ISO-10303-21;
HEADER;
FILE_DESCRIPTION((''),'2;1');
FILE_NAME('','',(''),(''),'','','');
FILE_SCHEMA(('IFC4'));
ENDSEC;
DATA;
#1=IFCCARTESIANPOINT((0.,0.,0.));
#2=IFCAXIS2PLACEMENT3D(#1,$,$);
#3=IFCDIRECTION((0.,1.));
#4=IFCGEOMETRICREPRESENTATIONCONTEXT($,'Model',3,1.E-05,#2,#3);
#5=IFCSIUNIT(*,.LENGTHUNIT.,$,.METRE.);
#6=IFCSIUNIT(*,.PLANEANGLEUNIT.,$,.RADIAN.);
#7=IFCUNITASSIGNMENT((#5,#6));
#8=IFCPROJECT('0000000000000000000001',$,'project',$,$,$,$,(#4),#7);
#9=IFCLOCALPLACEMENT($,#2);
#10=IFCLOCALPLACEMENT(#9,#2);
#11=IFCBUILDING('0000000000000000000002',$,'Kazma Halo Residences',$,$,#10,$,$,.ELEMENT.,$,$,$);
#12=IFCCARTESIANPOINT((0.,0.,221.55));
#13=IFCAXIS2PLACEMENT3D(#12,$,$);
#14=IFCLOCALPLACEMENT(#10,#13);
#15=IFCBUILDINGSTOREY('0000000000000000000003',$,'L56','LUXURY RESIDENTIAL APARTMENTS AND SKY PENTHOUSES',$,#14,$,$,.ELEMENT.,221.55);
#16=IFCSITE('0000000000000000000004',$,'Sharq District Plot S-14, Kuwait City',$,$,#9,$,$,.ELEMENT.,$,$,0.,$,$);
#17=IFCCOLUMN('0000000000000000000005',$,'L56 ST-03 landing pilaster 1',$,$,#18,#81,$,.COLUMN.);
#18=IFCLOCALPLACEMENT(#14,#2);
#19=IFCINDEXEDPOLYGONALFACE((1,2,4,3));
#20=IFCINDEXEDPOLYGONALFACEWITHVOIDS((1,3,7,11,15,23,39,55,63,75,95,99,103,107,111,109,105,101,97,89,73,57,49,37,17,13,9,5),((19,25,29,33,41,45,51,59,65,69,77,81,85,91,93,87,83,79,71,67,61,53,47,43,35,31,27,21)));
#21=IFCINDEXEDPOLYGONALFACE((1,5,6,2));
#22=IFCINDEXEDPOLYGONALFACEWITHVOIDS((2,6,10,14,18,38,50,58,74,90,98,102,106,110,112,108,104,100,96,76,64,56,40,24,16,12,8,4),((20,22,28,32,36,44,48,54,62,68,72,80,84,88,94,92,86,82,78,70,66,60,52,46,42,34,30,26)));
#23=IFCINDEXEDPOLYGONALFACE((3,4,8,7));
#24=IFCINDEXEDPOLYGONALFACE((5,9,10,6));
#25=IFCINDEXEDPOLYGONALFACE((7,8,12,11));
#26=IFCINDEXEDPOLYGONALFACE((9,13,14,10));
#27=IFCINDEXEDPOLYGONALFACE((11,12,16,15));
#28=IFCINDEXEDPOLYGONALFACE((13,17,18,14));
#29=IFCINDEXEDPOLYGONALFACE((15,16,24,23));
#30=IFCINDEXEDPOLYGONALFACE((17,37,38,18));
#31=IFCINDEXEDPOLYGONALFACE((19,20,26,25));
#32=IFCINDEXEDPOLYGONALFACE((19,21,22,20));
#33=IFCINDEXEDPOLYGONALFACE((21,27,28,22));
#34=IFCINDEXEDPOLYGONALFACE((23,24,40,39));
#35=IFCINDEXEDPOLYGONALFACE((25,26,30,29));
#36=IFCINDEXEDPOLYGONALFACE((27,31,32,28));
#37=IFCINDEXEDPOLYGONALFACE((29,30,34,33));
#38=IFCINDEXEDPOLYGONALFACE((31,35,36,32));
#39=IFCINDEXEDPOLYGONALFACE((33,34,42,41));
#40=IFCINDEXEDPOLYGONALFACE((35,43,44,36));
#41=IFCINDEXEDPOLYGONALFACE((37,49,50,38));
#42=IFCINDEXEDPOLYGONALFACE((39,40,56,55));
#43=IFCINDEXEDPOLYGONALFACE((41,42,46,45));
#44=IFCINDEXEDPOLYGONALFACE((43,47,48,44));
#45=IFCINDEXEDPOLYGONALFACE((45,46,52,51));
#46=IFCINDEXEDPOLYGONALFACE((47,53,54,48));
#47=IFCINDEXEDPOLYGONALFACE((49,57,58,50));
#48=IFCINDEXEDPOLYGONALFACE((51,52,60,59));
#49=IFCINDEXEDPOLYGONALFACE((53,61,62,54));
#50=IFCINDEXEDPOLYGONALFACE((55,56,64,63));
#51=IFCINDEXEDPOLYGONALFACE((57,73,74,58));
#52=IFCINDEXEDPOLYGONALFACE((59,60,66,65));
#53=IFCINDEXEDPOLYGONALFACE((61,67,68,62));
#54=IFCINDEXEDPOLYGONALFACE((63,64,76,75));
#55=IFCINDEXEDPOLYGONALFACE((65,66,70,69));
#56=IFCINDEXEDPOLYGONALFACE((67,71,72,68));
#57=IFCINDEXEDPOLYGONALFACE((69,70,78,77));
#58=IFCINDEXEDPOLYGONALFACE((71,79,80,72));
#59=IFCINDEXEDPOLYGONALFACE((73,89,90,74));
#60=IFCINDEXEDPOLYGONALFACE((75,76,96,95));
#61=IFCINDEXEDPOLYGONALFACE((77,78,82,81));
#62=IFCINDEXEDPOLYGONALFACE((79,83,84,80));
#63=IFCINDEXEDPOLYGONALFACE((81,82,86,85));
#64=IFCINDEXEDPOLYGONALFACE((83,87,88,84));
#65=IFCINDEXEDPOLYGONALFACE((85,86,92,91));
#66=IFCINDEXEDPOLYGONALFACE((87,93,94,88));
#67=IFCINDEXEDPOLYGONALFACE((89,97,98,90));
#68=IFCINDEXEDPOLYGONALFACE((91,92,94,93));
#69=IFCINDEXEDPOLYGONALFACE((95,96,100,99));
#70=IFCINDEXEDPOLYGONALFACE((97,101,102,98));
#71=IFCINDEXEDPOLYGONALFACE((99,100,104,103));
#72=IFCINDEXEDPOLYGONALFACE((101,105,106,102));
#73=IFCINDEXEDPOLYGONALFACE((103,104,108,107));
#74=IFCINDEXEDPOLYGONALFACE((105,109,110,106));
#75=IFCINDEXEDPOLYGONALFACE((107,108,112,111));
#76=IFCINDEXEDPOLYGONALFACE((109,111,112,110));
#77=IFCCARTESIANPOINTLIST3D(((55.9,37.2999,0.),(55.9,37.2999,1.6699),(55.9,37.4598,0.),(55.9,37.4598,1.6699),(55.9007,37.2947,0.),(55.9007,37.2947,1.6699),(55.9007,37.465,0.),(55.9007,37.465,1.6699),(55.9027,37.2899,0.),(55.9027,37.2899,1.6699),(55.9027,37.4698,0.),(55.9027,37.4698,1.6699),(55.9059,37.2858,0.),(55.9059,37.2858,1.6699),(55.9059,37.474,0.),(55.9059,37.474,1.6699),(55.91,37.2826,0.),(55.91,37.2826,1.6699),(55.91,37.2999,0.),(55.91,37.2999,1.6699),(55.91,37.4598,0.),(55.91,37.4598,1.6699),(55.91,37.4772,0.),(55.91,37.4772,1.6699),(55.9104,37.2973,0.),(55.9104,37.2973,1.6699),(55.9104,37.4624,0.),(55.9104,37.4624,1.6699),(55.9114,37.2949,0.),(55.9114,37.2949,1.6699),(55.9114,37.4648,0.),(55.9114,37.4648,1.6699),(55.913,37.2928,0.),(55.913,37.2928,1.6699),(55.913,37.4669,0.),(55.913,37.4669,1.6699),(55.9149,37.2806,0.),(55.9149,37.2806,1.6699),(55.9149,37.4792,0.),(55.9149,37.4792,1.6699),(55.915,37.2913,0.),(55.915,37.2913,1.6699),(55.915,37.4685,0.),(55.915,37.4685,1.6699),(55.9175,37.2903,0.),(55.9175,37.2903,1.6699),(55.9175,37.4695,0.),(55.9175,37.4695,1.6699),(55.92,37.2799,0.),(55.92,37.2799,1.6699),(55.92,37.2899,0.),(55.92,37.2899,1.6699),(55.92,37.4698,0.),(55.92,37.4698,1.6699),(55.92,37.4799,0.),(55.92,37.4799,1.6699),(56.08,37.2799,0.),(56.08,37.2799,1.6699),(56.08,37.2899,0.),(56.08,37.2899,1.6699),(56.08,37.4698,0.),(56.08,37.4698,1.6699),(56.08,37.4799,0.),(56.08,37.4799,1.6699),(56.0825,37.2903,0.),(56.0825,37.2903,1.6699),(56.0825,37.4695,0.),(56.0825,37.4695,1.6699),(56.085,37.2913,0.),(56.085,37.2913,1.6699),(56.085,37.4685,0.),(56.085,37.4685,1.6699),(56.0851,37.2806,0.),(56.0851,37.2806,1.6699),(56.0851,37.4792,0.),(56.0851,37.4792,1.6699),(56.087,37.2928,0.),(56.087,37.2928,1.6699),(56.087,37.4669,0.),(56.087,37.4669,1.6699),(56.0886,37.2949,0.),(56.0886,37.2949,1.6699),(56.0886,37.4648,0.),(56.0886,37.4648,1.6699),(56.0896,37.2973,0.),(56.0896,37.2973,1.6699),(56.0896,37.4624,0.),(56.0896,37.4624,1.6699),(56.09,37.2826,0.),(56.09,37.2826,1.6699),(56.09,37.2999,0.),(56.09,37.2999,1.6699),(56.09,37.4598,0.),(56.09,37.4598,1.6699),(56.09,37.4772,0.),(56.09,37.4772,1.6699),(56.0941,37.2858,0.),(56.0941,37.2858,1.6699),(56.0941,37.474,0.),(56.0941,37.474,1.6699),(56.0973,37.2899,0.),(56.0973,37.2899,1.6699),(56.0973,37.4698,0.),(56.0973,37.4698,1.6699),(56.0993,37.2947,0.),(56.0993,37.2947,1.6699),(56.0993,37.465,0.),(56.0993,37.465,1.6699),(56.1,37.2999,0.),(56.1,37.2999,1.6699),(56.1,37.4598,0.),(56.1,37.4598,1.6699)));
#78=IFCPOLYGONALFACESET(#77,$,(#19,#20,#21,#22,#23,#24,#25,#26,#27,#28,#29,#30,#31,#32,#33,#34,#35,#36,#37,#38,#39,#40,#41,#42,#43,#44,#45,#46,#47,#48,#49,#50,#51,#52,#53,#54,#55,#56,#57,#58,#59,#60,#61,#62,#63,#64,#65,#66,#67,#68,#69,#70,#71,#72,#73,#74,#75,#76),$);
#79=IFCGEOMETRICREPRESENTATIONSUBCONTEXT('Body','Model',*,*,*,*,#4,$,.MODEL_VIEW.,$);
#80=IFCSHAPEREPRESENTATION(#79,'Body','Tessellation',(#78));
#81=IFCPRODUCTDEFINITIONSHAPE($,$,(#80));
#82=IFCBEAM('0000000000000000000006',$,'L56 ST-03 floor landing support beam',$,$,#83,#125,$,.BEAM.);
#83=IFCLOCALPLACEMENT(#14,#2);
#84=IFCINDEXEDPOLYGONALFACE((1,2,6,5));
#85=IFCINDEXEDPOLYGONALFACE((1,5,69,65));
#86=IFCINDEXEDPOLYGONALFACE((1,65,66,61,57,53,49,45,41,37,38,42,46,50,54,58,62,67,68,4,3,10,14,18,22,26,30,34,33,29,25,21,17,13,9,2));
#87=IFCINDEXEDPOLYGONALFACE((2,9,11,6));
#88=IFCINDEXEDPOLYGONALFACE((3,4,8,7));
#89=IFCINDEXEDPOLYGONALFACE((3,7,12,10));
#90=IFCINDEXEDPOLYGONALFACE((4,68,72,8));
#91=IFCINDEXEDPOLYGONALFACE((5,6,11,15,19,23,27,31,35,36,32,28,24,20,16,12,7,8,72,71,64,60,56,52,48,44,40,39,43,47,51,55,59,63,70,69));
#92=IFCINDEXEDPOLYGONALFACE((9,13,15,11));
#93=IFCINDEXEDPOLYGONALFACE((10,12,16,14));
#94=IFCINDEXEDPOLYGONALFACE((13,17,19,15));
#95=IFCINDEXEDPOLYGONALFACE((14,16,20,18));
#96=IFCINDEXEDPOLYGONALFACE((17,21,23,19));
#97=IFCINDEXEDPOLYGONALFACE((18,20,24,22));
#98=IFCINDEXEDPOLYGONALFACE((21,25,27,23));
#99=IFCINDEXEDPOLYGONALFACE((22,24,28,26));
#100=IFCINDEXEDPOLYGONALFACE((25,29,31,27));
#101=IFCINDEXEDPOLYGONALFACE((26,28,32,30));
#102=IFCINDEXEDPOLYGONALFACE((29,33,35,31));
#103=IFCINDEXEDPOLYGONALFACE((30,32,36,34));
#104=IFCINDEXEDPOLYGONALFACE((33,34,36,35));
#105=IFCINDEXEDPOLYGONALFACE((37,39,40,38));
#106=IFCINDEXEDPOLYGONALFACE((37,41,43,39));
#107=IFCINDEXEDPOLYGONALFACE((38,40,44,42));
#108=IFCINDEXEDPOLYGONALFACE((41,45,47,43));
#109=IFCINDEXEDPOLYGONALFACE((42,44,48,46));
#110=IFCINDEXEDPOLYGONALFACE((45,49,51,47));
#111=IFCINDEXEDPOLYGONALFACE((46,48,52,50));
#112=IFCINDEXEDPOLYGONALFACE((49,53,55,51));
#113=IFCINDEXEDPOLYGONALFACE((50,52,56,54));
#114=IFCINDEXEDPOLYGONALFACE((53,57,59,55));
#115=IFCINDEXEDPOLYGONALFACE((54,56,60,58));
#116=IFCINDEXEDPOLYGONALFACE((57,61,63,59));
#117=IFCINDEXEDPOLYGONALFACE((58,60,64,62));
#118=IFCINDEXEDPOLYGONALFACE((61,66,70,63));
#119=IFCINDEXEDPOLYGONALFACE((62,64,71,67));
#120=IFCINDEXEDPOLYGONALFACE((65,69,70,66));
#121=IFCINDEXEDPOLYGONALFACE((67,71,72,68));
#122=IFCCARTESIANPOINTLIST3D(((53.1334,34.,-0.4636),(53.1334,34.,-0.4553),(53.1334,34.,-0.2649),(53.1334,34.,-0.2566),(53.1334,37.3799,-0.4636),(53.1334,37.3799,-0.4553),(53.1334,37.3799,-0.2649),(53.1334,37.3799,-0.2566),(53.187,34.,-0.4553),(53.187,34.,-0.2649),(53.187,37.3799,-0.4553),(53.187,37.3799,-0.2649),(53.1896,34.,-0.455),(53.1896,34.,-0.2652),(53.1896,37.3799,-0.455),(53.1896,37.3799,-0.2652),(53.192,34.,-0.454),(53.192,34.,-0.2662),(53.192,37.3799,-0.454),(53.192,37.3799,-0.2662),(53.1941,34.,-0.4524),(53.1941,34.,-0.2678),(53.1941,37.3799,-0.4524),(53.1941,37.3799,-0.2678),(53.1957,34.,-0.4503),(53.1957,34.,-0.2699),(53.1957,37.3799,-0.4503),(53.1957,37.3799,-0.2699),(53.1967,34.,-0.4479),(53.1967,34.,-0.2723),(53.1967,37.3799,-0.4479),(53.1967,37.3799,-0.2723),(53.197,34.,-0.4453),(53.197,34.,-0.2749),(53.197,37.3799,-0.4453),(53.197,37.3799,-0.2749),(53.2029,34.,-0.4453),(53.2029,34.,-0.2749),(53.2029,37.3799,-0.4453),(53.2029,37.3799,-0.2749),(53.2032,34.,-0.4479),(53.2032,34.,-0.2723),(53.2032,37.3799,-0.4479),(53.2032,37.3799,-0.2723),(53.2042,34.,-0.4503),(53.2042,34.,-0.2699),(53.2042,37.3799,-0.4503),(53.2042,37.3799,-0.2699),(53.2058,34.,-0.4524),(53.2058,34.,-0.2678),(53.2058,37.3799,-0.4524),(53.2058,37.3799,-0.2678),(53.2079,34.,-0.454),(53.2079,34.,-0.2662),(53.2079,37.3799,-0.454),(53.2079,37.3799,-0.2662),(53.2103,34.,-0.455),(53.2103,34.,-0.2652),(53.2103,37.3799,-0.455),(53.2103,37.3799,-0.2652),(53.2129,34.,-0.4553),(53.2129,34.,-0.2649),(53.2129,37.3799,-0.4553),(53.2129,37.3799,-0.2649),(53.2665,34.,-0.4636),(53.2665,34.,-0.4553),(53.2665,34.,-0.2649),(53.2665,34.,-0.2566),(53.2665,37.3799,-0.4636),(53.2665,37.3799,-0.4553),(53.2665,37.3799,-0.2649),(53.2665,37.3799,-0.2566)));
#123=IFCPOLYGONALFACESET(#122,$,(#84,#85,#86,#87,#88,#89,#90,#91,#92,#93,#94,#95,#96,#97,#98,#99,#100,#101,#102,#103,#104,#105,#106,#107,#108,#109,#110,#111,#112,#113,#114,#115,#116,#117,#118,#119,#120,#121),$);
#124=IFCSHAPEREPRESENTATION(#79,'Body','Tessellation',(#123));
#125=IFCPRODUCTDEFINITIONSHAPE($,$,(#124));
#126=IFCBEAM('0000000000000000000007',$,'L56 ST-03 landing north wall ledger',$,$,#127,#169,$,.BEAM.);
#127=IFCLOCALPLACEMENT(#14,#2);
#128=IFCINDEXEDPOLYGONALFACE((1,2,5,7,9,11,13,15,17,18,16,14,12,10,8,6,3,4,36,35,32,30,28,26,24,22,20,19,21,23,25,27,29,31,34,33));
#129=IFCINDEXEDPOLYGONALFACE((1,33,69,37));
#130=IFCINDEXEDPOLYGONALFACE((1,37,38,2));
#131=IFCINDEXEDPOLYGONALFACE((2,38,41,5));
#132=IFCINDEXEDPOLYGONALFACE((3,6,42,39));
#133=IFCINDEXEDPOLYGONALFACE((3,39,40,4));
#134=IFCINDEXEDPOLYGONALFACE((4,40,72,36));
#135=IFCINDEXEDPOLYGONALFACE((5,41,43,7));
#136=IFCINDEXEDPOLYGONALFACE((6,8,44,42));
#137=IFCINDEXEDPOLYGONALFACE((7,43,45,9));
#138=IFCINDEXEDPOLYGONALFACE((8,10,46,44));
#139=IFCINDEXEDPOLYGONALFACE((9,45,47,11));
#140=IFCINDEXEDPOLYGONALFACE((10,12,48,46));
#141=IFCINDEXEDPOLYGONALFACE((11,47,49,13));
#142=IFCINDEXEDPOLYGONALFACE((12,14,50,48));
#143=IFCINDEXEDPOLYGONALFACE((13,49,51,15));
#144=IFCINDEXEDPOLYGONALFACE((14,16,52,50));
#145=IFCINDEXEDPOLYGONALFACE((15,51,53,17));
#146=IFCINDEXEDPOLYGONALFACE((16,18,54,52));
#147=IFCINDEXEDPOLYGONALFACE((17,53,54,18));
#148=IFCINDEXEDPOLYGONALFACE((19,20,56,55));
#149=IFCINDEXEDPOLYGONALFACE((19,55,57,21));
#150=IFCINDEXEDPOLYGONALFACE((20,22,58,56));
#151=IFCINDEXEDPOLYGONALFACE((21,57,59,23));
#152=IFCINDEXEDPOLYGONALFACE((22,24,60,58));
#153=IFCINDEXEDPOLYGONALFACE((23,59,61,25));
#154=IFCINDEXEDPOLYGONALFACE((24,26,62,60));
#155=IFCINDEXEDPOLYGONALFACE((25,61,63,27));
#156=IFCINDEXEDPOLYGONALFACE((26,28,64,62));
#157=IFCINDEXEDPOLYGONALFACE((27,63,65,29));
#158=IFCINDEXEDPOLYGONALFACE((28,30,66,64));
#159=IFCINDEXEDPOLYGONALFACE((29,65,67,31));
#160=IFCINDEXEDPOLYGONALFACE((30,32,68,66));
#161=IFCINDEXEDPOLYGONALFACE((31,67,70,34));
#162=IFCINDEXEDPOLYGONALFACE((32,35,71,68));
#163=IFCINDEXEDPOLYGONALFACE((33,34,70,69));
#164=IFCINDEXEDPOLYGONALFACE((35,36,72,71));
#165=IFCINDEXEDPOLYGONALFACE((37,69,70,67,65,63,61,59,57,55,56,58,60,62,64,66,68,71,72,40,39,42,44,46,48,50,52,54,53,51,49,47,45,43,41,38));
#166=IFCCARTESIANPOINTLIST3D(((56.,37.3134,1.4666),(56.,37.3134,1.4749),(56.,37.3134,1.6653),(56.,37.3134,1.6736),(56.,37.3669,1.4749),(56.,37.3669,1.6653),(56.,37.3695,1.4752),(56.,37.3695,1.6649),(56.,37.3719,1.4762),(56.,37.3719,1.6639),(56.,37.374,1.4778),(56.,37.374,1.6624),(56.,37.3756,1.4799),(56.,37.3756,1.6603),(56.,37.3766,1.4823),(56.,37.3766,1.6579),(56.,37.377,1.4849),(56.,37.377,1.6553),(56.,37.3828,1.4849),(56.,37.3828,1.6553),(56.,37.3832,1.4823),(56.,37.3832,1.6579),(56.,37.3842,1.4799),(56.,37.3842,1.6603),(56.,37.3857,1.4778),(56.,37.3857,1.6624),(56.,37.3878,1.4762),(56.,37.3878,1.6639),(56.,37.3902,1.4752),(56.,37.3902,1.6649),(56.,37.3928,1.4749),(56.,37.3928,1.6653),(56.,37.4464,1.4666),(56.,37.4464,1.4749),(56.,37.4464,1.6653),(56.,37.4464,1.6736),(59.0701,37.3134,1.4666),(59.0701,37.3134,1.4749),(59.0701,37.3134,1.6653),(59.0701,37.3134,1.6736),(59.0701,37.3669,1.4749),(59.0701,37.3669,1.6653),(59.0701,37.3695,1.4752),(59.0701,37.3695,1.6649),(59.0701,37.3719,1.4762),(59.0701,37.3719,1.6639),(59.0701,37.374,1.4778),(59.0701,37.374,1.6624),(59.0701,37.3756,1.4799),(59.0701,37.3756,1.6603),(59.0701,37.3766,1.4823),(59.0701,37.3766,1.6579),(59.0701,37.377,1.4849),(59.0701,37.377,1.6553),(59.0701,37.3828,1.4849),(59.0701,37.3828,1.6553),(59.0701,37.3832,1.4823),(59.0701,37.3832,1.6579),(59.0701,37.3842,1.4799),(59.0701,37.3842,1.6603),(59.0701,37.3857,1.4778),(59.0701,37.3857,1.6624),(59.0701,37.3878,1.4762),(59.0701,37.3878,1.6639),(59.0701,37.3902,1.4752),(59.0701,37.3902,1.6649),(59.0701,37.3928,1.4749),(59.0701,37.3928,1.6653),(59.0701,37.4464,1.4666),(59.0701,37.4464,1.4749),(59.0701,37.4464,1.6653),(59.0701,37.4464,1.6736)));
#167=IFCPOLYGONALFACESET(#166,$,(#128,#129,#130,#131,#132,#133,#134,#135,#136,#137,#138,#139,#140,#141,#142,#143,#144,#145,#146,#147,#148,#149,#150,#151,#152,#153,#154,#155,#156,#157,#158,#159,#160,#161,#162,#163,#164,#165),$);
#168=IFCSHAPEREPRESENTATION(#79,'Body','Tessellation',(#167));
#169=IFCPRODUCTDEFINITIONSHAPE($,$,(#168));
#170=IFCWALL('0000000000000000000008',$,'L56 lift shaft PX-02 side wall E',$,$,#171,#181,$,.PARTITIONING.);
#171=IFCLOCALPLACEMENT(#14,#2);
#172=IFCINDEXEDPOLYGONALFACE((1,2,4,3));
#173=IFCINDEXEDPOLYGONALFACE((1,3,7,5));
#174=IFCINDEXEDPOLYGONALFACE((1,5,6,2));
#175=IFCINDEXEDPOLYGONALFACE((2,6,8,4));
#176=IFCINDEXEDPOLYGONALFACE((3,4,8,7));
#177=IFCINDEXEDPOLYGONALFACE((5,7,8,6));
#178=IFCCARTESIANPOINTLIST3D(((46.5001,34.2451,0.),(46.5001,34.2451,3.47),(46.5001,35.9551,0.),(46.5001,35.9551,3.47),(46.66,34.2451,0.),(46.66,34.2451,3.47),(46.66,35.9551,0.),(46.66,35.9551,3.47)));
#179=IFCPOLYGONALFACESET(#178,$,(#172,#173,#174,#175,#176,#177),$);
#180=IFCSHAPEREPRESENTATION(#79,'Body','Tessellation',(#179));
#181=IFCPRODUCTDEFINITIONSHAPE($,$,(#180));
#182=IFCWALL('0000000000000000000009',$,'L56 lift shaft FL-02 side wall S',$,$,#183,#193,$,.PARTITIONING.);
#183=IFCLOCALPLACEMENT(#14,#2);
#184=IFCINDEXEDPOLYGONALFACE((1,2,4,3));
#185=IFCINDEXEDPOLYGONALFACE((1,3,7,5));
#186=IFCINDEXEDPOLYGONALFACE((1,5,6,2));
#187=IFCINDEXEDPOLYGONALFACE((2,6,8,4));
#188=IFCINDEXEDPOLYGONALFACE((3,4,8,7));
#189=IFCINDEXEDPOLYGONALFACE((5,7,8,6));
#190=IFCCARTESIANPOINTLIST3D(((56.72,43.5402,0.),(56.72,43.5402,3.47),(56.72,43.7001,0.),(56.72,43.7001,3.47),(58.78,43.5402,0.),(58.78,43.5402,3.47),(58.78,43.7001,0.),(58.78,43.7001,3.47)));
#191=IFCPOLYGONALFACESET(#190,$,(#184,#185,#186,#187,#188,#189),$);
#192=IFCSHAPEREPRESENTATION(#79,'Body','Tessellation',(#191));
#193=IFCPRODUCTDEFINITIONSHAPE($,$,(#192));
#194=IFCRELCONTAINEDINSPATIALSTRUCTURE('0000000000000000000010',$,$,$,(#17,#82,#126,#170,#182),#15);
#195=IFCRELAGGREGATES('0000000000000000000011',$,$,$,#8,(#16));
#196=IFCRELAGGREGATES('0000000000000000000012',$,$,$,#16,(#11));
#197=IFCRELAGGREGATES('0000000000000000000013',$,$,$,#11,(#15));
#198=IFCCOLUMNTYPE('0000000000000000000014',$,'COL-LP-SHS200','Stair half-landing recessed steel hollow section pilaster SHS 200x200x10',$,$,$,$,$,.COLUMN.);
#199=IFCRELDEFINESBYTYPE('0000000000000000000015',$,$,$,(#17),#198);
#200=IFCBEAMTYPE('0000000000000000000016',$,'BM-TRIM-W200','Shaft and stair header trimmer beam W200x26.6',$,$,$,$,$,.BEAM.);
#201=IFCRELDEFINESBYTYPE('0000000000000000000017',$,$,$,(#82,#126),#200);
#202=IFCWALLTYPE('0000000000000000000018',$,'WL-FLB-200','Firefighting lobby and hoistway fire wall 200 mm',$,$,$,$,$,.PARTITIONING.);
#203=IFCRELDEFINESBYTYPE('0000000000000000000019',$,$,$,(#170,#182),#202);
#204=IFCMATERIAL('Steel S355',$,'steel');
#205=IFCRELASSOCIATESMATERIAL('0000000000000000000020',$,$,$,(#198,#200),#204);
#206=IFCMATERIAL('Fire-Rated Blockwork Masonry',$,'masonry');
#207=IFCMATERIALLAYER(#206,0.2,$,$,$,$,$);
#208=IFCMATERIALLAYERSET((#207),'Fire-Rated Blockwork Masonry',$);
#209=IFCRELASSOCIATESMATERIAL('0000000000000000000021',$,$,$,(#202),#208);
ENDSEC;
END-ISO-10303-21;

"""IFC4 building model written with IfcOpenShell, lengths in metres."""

from ifc_helpers import new_model, si_unit, direction, frame, frame_2d, origin, origin_2d, place, context, subcontext, project, spatial, rectangle, hollow_rectangle, i_section, extrude, material, layer, layer_set, material_profile, profile_set, type_object, element, save


model = new_model("IFC4")

# Units and contexts
model_context = context("Model", 3, precision=1e-05, world=origin(), true_north=direction((0.0, 1.0)))
body_context = subcontext(model_context, "Body", "Model", "MODEL_VIEW")
ifc_project = project(units=[si_unit("LENGTHUNIT", "METRE"), si_unit("PLANEANGLEUNIT", "RADIAN")], contexts=[model_context])

# Site, building, storey
site_placement = place(None, origin())
site = spatial("IfcSite", under=ifc_project, at=site_placement, Name="Sharq District Plot S-14, Kuwait City", CompositionType="ELEMENT", RefElevation=0.0)
building_placement = place(site_placement, origin())
building = spatial("IfcBuilding", under=site, at=building_placement, Name="Kazma Halo Residences", CompositionType="ELEMENT")
storey_placement = place(building_placement, frame((0.0, 0.0, 221.55)))
storey = spatial("IfcBuildingStorey", under=building, at=storey_placement, Name="L56", Description="LUXURY RESIDENTIAL APARTMENTS AND SKY PENTHOUSES", CompositionType="ELEMENT", Elevation=221.55)

# Column
ifc_material_1 = material(Name="Steel S355", Category="steel")
ifc_material_profile_1 = material_profile(ifc_material_1, hollow_rectangle(XDim=0.2, YDim=0.2, WallThickness=0.01, InnerFilletRadius=0.01, OuterFilletRadius=0.02, at=origin_2d()), Name="SHS200x200x10")
ifc_profile_set_1 = profile_set([ifc_material_profile_1], Name="Steel S355")
column_type = type_object("IfcColumnType", Name="COL-LP-SHS200", Description="Stair half-landing recessed steel hollow section pilaster SHS 200x200x10", PredefinedType="COLUMN", material=ifc_profile_set_1)
column_placement = place(storey_placement, frame((56.0, 37.3799, 0.0), z_axis=(0.0, 0.0, 1.0), x_axis=(1.0, 0.0, 0.0)))
element("IfcColumn", 1, at=column_placement, inside=storey, type_object=column_type, Name="L56 ST-03 landing pilaster 1", PredefinedType="COLUMN", context=body_context, shape_type="SweptSolid", body=[
    extrude(hollow_rectangle(XDim=0.2, YDim=0.2, WallThickness=0.01, InnerFilletRadius=0.01, OuterFilletRadius=0.02, at=origin_2d()), origin(), (0.0, 0.0, 1.0), 1.6699),
])

# Beams
ifc_material_profile_2 = material_profile(ifc_material_1, i_section(OverallWidth=0.1331, OverallDepth=0.207, WebThickness=0.0059, FlangeThickness=0.0083, FilletRadius=0.01, at=origin_2d()), Name="W200x26.6")
ifc_profile_set_2 = profile_set([ifc_material_profile_2], Name="Steel S355")
beam_type = type_object("IfcBeamType", Name="BM-TRIM-W200", Description="Shaft and stair header trimmer beam W200x26.6", PredefinedType="BEAM", material=ifc_profile_set_2)
beam_1_placement = place(storey_placement, frame((53.2, 34.0, -0.3601), z_axis=(0.0, 1.0, 0.0), x_axis=(-1.0, 0.0, 0.0)))
element("IfcBeam", 2, at=beam_1_placement, inside=storey, type_object=beam_type, Name="L56 ST-03 floor landing support beam", PredefinedType="BEAM", context=body_context, shape_type="SweptSolid", body=[
    extrude(i_section(OverallWidth=0.1331, OverallDepth=0.207, WebThickness=0.0059, FlangeThickness=0.0083, FilletRadius=0.01, at=origin_2d()), origin(), (0.0, 0.0, 1.0), 3.3799),
])
beam_2_placement = place(storey_placement, frame((56.0, 37.3799, 1.5701), z_axis=(1.0, 0.0, 0.0), x_axis=(0.0, 1.0, 0.0)))
element("IfcBeam", 3, at=beam_2_placement, inside=storey, type_object=beam_type, Name="L56 ST-03 landing north wall ledger", PredefinedType="BEAM", context=body_context, shape_type="SweptSolid", body=[
    extrude(i_section(OverallWidth=0.1331, OverallDepth=0.207, WebThickness=0.0059, FlangeThickness=0.0083, FilletRadius=0.01, at=origin_2d()), origin(), (0.0, 0.0, 1.0), 3.0701),
])

# Walls
ifc_material_2 = material(Name="Fire-Rated Blockwork Masonry", Category="masonry")
ifc_layer_1 = layer(ifc_material_2, 0.2)
ifc_layer_set_1 = layer_set([ifc_layer_1], Name="Fire-Rated Blockwork Masonry")
wall_type_1 = type_object("IfcWallType", Name="WL-FLB-200", Description="Firefighting lobby and hoistway fire wall 200 mm", PredefinedType="PARTITIONING", material=ifc_layer_set_1)
wall_1_placement = place(storey_placement, frame((46.5801, 34.2451, 0.0), z_axis=(0.0, 0.0, 1.0), x_axis=(0.0, 1.0, 0.0)))
element("IfcWall", 4, at=wall_1_placement, inside=storey, type_object=wall_type_1, Name="L56 lift shaft PX-02 side wall E", PredefinedType="PARTITIONING", context=body_context, shape_type="SweptSolid", body=[
    extrude(rectangle(XDim=1.71, YDim=0.1599, at=frame_2d((0.855, 0.0))), origin(), (0.0, 0.0, 1.0), 3.47),
])
wall_2_placement = place(storey_placement, frame((56.72, 43.6201, 0.0), z_axis=(0.0, 0.0, 1.0), x_axis=(1.0, 0.0, 0.0)))
element("IfcWall", 5, at=wall_2_placement, inside=storey, type_object=wall_type_1, Name="L56 lift shaft FL-02 side wall S", PredefinedType="PARTITIONING", context=body_context, shape_type="SweptSolid", body=[
    extrude(rectangle(XDim=2.0601, YDim=0.1599, at=frame_2d((1.03, 0.0))), origin(), (0.0, 0.0, 1.0), 3.47),
])

save(model, "model.ifc")
